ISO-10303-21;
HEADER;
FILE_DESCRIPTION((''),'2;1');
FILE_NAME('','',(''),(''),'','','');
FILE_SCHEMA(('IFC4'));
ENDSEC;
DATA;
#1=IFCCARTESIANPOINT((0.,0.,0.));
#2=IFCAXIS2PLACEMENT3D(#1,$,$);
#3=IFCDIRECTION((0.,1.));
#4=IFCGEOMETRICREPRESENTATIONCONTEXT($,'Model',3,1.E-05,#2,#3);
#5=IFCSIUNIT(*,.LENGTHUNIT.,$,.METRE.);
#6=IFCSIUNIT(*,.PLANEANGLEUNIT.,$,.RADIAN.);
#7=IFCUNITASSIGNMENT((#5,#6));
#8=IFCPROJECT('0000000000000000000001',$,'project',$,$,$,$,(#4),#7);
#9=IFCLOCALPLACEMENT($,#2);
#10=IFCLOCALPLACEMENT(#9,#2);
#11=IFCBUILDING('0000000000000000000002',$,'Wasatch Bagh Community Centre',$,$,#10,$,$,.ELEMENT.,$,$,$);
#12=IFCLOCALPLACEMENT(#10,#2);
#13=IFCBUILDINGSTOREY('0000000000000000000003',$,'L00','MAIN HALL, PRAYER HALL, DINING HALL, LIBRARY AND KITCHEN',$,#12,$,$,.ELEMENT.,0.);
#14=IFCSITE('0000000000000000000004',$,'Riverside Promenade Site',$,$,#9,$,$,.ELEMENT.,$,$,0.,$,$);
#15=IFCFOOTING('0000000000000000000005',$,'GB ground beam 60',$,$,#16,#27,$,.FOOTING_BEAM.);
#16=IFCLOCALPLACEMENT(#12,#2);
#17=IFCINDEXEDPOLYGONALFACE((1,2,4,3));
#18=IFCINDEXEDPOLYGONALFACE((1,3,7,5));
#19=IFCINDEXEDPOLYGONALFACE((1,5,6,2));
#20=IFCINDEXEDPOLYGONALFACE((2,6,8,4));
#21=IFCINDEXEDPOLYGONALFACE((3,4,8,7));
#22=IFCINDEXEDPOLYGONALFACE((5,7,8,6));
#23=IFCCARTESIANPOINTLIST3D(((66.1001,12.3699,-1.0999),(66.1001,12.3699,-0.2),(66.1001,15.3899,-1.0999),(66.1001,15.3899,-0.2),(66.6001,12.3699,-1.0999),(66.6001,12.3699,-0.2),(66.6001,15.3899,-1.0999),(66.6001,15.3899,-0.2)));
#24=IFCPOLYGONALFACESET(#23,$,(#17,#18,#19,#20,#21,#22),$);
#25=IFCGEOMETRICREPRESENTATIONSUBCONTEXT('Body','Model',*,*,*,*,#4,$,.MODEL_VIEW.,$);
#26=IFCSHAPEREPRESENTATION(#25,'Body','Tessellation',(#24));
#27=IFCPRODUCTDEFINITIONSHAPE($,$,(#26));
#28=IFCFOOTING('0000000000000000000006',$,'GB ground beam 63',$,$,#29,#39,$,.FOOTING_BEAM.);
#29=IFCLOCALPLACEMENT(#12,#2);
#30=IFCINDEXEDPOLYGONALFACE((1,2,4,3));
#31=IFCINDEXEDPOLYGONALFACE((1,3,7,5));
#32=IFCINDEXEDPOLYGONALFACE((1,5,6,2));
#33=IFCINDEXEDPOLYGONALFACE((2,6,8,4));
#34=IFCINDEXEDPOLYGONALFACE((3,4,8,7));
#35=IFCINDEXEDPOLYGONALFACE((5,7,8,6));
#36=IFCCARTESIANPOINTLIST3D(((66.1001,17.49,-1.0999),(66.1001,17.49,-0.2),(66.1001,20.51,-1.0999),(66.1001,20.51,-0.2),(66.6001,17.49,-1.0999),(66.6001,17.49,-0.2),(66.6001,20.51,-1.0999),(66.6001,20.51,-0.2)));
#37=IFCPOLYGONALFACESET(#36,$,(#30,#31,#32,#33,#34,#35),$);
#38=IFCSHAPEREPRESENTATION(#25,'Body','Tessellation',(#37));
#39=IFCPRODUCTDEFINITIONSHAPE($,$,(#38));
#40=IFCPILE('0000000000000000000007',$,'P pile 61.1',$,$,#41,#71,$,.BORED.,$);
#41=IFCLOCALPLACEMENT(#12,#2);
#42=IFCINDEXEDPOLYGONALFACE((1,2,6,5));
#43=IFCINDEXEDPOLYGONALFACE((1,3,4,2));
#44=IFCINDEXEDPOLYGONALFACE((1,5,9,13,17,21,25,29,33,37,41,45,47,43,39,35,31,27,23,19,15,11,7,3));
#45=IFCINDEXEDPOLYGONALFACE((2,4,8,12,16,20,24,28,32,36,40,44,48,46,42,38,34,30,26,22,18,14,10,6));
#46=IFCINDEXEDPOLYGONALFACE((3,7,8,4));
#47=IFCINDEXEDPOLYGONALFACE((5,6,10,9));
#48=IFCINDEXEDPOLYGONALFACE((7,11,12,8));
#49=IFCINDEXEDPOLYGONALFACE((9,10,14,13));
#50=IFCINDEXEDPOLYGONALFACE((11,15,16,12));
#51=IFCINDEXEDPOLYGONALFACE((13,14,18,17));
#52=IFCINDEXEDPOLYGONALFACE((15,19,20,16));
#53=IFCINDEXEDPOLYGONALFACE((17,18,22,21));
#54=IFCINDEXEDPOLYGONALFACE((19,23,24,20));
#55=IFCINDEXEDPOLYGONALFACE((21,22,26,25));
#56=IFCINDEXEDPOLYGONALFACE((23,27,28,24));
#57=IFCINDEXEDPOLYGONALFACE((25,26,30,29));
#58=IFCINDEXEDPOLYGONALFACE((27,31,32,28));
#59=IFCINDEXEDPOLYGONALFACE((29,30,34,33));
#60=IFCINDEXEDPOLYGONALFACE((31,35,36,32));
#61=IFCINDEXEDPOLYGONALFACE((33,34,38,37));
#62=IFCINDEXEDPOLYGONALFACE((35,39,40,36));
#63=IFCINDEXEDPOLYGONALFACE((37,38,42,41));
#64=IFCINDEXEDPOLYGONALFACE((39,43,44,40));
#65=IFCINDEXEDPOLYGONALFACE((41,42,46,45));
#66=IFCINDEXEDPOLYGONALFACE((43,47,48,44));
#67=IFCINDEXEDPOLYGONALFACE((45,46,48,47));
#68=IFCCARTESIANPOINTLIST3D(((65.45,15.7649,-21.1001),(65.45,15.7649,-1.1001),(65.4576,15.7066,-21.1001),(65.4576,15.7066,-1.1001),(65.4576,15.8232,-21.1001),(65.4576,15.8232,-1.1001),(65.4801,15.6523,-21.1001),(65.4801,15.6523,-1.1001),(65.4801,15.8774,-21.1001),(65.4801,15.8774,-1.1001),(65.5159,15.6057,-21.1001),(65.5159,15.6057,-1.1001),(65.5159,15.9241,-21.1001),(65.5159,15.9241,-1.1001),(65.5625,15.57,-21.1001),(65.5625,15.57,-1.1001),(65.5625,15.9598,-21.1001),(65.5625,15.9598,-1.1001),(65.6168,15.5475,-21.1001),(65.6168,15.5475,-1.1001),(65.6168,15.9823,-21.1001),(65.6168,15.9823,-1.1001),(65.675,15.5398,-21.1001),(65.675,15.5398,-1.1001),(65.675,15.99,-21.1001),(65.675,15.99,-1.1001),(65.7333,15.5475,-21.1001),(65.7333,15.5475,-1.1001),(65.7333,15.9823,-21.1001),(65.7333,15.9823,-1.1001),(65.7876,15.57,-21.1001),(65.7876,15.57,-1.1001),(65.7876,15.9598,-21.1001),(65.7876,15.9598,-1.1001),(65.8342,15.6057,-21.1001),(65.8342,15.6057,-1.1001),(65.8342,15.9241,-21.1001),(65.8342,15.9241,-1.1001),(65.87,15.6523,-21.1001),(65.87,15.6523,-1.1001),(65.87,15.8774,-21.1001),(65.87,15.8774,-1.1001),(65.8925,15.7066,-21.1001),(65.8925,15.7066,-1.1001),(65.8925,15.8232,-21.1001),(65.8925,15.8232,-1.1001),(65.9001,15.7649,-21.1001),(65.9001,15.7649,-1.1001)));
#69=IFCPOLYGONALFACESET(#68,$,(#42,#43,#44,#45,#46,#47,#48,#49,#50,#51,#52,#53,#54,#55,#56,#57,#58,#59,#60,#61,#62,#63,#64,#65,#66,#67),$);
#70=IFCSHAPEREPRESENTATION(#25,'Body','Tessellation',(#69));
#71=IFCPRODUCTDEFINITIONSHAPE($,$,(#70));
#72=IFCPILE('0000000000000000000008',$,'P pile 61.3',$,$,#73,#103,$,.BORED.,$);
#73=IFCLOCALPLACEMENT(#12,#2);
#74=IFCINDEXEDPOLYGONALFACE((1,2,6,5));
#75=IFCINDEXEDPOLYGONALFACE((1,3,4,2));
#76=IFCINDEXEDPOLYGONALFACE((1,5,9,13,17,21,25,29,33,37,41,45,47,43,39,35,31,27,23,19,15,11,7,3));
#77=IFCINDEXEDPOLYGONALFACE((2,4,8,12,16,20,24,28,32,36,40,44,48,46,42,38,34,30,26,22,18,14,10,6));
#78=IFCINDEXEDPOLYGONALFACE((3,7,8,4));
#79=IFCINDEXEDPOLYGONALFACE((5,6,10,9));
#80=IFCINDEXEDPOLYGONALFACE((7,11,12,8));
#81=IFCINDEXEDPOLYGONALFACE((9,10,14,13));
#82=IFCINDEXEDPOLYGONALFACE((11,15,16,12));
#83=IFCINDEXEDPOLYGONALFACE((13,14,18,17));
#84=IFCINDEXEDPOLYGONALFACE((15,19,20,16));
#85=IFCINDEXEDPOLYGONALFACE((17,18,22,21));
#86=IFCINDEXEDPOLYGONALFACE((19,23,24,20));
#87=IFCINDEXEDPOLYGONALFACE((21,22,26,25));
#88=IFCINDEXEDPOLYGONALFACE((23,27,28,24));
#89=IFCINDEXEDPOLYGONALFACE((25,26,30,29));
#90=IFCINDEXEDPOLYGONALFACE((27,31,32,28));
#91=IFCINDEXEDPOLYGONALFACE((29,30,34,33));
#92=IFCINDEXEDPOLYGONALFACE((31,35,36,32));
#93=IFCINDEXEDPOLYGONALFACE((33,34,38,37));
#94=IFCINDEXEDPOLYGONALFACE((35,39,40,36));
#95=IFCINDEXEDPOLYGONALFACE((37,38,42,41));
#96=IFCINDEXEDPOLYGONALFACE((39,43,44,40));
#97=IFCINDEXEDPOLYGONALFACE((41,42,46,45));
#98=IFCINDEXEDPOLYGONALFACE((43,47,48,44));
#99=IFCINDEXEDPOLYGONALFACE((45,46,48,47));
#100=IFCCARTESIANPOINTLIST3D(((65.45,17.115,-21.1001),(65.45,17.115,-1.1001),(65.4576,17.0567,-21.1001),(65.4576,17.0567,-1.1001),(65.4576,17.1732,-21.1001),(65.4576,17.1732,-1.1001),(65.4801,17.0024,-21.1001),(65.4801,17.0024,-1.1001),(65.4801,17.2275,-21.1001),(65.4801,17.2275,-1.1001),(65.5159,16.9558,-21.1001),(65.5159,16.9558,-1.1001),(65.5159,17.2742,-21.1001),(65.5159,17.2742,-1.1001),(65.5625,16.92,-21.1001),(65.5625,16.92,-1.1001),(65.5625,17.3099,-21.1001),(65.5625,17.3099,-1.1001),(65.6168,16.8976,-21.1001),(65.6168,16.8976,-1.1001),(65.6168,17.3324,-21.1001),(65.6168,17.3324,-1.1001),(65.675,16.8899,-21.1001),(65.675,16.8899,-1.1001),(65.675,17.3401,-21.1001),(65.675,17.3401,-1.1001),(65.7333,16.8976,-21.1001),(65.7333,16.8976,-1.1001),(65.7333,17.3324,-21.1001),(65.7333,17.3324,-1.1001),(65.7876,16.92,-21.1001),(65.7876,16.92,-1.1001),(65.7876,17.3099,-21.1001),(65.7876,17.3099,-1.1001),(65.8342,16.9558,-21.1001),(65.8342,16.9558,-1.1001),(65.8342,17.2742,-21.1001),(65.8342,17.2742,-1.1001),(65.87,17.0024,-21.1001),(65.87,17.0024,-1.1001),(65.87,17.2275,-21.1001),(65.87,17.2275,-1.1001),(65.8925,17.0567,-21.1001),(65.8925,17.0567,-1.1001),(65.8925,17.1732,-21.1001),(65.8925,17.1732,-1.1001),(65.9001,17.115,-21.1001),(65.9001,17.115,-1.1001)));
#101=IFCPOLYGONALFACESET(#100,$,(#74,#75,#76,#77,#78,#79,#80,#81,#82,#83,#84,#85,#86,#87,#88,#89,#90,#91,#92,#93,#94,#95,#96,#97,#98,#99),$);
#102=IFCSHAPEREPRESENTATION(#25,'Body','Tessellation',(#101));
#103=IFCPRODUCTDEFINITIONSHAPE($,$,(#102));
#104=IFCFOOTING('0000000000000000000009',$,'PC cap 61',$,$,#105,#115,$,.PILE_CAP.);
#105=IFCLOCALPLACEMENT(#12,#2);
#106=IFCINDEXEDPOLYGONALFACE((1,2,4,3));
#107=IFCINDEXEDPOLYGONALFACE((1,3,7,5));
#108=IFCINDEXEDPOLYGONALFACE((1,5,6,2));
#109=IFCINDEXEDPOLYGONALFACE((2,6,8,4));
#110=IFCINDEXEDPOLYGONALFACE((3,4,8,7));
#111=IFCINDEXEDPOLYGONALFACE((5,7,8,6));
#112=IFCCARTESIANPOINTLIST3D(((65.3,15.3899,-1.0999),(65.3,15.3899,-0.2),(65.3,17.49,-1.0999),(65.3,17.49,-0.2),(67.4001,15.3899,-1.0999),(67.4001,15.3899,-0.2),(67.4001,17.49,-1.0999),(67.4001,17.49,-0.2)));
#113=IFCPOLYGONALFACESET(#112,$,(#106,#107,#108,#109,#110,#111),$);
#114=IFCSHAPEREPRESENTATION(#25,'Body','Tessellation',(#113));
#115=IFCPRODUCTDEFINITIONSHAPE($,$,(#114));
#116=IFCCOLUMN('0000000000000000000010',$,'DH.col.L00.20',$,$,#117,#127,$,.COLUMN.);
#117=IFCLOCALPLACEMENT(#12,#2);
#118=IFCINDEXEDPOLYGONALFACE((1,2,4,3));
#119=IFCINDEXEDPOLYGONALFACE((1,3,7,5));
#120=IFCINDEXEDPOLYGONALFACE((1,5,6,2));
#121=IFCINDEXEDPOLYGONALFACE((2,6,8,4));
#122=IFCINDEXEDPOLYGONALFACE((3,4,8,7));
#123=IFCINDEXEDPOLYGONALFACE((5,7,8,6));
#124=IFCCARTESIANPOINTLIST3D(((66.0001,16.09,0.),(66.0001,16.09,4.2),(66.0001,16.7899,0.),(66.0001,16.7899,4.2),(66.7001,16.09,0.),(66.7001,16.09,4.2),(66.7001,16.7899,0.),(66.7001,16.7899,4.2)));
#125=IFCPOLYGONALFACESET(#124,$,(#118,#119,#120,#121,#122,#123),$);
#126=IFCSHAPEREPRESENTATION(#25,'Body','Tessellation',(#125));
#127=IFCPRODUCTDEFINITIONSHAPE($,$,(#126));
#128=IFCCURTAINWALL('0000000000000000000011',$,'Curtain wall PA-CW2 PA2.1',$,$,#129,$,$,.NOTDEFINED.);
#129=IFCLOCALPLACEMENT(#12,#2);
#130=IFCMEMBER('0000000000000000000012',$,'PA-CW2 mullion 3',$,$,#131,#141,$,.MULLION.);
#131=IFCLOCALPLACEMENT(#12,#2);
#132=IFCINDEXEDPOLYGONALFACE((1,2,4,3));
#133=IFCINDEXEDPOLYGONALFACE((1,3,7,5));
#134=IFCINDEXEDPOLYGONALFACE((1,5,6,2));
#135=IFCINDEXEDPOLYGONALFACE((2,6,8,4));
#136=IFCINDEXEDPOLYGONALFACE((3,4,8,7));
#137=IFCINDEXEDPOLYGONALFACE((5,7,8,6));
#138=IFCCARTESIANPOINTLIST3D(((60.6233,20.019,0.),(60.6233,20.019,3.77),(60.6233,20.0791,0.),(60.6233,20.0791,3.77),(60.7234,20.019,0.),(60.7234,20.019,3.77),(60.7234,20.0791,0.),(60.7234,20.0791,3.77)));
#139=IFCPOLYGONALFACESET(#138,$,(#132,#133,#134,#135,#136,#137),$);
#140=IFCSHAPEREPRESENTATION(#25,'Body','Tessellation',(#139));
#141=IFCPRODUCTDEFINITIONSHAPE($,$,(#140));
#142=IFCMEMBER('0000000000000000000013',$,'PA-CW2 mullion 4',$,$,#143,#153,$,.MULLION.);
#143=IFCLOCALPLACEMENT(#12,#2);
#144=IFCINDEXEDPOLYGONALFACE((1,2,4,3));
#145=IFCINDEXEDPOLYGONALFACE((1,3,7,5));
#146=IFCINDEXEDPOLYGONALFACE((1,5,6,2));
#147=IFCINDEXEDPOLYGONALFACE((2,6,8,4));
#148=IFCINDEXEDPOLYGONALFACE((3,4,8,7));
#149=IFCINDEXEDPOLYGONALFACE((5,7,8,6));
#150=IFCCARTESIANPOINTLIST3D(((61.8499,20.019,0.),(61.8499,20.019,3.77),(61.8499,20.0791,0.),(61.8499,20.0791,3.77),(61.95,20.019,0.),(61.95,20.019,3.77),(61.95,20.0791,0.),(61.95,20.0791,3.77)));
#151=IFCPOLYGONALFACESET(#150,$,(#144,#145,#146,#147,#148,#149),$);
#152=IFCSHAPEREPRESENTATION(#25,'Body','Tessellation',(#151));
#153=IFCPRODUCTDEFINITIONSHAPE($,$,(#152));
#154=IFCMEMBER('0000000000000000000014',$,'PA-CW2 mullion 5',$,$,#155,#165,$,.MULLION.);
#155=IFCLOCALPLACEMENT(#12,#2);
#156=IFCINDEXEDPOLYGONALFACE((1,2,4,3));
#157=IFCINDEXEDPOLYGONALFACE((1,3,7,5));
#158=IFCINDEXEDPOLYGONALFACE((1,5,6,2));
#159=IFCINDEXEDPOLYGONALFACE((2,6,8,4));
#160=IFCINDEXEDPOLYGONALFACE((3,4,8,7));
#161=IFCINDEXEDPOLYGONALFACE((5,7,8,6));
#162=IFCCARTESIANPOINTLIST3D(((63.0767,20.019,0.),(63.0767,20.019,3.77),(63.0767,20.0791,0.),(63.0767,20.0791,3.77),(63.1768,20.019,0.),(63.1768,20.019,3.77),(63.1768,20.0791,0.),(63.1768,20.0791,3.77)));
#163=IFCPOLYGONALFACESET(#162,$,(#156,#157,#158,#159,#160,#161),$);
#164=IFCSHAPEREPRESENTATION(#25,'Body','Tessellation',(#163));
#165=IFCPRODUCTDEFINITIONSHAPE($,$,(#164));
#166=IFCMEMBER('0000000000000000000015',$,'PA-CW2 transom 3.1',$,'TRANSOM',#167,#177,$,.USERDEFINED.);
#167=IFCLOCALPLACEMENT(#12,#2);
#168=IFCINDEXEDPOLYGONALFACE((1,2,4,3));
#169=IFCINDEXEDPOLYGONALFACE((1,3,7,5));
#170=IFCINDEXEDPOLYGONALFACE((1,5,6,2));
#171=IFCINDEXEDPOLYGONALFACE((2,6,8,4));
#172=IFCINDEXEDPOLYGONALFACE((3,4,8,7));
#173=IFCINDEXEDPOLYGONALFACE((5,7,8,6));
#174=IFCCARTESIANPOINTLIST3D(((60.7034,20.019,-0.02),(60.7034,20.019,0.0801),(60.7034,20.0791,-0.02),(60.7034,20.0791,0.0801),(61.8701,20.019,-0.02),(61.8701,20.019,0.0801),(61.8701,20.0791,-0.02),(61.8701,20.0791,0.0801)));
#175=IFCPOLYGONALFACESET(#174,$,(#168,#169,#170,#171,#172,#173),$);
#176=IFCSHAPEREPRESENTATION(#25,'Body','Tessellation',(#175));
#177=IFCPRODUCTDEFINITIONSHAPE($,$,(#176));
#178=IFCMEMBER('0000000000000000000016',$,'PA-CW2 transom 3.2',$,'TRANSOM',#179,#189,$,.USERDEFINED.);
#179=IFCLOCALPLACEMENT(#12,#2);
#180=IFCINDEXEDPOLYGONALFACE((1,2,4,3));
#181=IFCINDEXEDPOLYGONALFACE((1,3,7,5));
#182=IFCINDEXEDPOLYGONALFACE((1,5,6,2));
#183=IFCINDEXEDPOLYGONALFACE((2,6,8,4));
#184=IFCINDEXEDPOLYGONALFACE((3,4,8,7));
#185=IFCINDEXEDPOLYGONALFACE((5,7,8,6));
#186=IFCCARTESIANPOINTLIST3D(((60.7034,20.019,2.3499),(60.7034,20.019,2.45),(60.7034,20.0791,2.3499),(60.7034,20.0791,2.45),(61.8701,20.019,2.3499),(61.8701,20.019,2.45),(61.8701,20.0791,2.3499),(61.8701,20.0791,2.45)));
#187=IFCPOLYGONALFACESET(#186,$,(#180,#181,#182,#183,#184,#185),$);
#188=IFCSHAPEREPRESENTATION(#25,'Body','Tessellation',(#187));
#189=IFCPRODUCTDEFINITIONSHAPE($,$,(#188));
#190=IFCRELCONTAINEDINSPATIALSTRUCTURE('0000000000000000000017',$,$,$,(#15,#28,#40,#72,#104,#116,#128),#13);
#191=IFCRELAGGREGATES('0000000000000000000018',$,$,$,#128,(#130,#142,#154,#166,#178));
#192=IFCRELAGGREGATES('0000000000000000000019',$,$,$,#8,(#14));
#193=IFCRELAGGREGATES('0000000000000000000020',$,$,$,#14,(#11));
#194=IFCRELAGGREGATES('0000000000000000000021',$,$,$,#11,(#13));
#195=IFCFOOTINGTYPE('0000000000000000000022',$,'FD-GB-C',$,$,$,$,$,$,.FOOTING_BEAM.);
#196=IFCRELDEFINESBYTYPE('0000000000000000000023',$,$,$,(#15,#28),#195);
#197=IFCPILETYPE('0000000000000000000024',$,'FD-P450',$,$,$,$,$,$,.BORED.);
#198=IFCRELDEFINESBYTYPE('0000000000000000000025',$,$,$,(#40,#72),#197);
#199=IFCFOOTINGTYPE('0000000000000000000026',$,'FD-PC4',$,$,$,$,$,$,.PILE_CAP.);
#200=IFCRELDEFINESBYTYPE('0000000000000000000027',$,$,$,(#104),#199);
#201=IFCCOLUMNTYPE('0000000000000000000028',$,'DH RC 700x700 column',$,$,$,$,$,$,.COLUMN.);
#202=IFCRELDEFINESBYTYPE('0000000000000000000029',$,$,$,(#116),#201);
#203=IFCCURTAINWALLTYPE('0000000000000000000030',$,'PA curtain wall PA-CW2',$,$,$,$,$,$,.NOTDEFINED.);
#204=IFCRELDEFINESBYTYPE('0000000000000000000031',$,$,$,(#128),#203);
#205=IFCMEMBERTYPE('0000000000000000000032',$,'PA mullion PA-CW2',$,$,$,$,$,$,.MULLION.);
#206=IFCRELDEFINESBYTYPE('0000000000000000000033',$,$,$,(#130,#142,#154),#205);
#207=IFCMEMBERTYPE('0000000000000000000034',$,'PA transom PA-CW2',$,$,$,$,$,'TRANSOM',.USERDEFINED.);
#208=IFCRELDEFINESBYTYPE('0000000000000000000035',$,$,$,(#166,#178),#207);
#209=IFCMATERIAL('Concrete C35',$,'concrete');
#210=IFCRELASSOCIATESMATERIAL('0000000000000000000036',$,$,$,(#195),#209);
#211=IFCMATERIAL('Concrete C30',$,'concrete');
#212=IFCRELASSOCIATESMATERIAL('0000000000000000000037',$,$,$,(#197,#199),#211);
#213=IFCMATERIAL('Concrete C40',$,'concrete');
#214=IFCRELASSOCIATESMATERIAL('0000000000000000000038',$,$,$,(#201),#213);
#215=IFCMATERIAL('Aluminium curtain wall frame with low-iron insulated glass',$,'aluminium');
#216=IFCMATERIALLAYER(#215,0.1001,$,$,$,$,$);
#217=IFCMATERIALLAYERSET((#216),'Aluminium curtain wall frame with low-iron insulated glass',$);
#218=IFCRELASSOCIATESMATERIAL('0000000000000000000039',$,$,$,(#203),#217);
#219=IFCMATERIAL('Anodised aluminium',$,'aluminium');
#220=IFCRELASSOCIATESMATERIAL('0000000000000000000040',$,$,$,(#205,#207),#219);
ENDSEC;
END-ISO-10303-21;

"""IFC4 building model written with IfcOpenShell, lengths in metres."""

from ifc_helpers import new_model, si_unit, direction, frame, origin, origin_2d, place, context, subcontext, project, spatial, rectangle, circle, extrude, material, layer, layer_set, material_profile, profile_set, type_object, element, aggregate, save


model = new_model("IFC4")

# Units and contexts
model_context = context("Model", 3, precision=1e-05, world=origin(), true_north=direction((0.0, 1.0)))
body_context = subcontext(model_context, "Body", "Model", "MODEL_VIEW")
ifc_project = project(units=[si_unit("LENGTHUNIT", "METRE"), si_unit("PLANEANGLEUNIT", "RADIAN")], contexts=[model_context])

# Site, building, storey
site_placement = place(None, origin())
site = spatial("IfcSite", under=ifc_project, at=site_placement, Name="Riverside Promenade Site", CompositionType="ELEMENT", RefElevation=0.0)
building_placement = place(site_placement, origin())
building = spatial("IfcBuilding", under=site, at=building_placement, Name="Wasatch Bagh Community Centre", CompositionType="ELEMENT")
storey_placement = place(building_placement, origin())
storey = spatial("IfcBuildingStorey", under=building, at=storey_placement, Name="L00", Description="MAIN HALL, PRAYER HALL, DINING HALL, LIBRARY AND KITCHEN", CompositionType="ELEMENT", Elevation=0.0)

# Footings
ifc_material_1 = material(Name="Concrete C35", Category="concrete")
footing_type_1 = type_object("IfcFootingType", Name="FD-GB-C", PredefinedType="FOOTING_BEAM", material=ifc_material_1)
for number, where, z_axis, x_axis, name in (
    (1, (66.3501, 13.8799, -1.0999), (0.0, 0.0, 1.0), (0.0, 1.0, 0.0), "GB ground beam 60"),
    (2, (66.3501, 19.0, -1.0999), (0.0, 0.0, 1.0), (0.0, 1.0, 0.0), "GB ground beam 63"),
):
    element("IfcFooting", number, at=place(storey_placement, frame(where, z_axis=z_axis, x_axis=x_axis)), inside=storey, type_object=footing_type_1, Name=name, PredefinedType="FOOTING_BEAM", context=body_context, shape_type="SweptSolid", body=[
        extrude(rectangle(XDim=3.02, YDim=0.5, at=origin_2d()), origin(), (0.0, 0.0, 1.0), 0.8999),
    ])

# Piles
ifc_material_2 = material(Name="Concrete C30", Category="concrete")
ifc_material_profile_1 = material_profile(ifc_material_2, circle(Radius=0.2251, at=origin_2d()), Name="RC D450")
ifc_profile_set_1 = profile_set([ifc_material_profile_1], Name="Concrete C30")
pile_type = type_object("IfcPileType", Name="FD-P450", PredefinedType="BORED", material=ifc_profile_set_1)
for number, where, z_axis, x_axis, name in (
    (3, (65.675, 15.7649, -1.1001), (0.0, 0.0, -1.0), (1.0, 0.0, 0.0), "P pile 61.1"),
    (4, (65.675, 17.115, -1.1001), (0.0, 0.0, -1.0), (1.0, 0.0, 0.0), "P pile 61.3"),
):
    element("IfcPile", number, at=place(storey_placement, frame(where, z_axis=z_axis, x_axis=x_axis)), inside=storey, type_object=pile_type, Name=name, PredefinedType="BORED", context=body_context, shape_type="SweptSolid", body=[
        extrude(circle(Radius=0.2251, at=origin_2d()), origin(), (0.0, 0.0, 1.0), 20.0),
    ])

# Footing
footing_type_2 = type_object("IfcFootingType", Name="FD-PC4", PredefinedType="PILE_CAP", material=ifc_material_2)
footing_placement = place(storey_placement, frame((66.3501, 16.4399, -1.0999), z_axis=(0.0, 0.0, 1.0), x_axis=(1.0, 0.0, 0.0)))
element("IfcFooting", 5, at=footing_placement, inside=storey, type_object=footing_type_2, Name="PC cap 61", PredefinedType="PILE_CAP", context=body_context, shape_type="SweptSolid", body=[
    extrude(rectangle(XDim=2.1001, YDim=2.1001, at=origin_2d()), origin(), (0.0, 0.0, 1.0), 0.8999),
])

# Column
ifc_material_3 = material(Name="Concrete C40", Category="concrete")
ifc_material_profile_2 = material_profile(ifc_material_3, rectangle(XDim=0.7, YDim=0.7, at=origin_2d()), Name="RC 700x700")
ifc_profile_set_2 = profile_set([ifc_material_profile_2], Name="Concrete C40")
column_type = type_object("IfcColumnType", Name="DH RC 700x700 column", PredefinedType="COLUMN", material=ifc_profile_set_2)
column_placement = place(storey_placement, frame((66.3501, 16.4399, 0.0), z_axis=(0.0, 0.0, 1.0), x_axis=(1.0, 0.0, 0.0)))
element("IfcColumn", 6, at=column_placement, inside=storey, type_object=column_type, Name="DH.col.L00.20", PredefinedType="COLUMN", context=body_context, shape_type="SweptSolid", body=[
    extrude(rectangle(XDim=0.7, YDim=0.7, at=origin_2d()), origin(), (0.0, 0.0, 1.0), 4.2),
])

# Curtain wall, members
ifc_material_4 = material(Name="Aluminium curtain wall frame with low-iron insulated glass", Category="aluminium")
ifc_layer_1 = layer(ifc_material_4, 0.1001)
ifc_layer_set_1 = layer_set([ifc_layer_1], Name="Aluminium curtain wall frame with low-iron insulated glass")
curtain_wall_type = type_object("IfcCurtainWallType", Name="PA curtain wall PA-CW2", PredefinedType="NOTDEFINED", material=ifc_layer_set_1)
curtain_wall_placement = place(storey_placement, origin())
curtain_wall = element("IfcCurtainWall", 7, at=curtain_wall_placement, inside=storey, type_object=curtain_wall_type, Name="Curtain wall PA-CW2 PA2.1", PredefinedType="NOTDEFINED")
ifc_material_5 = material(Name="Anodised aluminium", Category="aluminium")
ifc_material_profile_3 = material_profile(ifc_material_5, rectangle(XDim=0.0601, YDim=0.1001, at=origin_2d()), Name="PA mullion PA-CW2")
ifc_profile_set_3 = profile_set([ifc_material_profile_3], Name="Anodised aluminium")
member_type_1 = type_object("IfcMemberType", Name="PA mullion PA-CW2", PredefinedType="MULLION", material=ifc_profile_set_3)
member_1_placement = place(storey_placement, frame((60.6733, 20.0491, 0.0), z_axis=(0.0, 0.0, 1.0), x_axis=(0.0, 1.0, 0.0)))
member_1 = element("IfcMember", 8, at=member_1_placement, type_object=member_type_1, Name="PA-CW2 mullion 3", PredefinedType="MULLION", context=body_context, shape_type="SweptSolid", body=[
    extrude(rectangle(XDim=0.0601, YDim=0.1001, at=origin_2d()), origin(), (0.0, 0.0, 1.0), 3.77),
])
member_2_placement = place(storey_placement, frame((61.8999, 20.0491, 0.0), z_axis=(0.0, 0.0, 1.0), x_axis=(0.0, 1.0, 0.0)))
member_2 = element("IfcMember", 9, at=member_2_placement, type_object=member_type_1, Name="PA-CW2 mullion 4", PredefinedType="MULLION", context=body_context, shape_type="SweptSolid", body=[
    extrude(rectangle(XDim=0.0601, YDim=0.1001, at=origin_2d()), origin(), (0.0, 0.0, 1.0), 3.77),
])
member_3_placement = place(storey_placement, frame((63.1267, 20.0491, 0.0), z_axis=(0.0, 0.0, 1.0), x_axis=(0.0, 1.0, 0.0)))
member_3 = element("IfcMember", 10, at=member_3_placement, type_object=member_type_1, Name="PA-CW2 mullion 5", PredefinedType="MULLION", context=body_context, shape_type="SweptSolid", body=[
    extrude(rectangle(XDim=0.0601, YDim=0.1001, at=origin_2d()), origin(), (0.0, 0.0, 1.0), 3.77),
])
ifc_material_profile_4 = material_profile(ifc_material_5, rectangle(XDim=0.0601, YDim=0.1001, at=origin_2d()), Name="PA transom PA-CW2")
ifc_profile_set_4 = profile_set([ifc_material_profile_4], Name="Anodised aluminium")
member_type_2 = type_object("IfcMemberType", Name="PA transom PA-CW2", ElementType="TRANSOM", PredefinedType="USERDEFINED", material=ifc_profile_set_4)
member_4_placement = place(storey_placement, frame((60.7034, 20.0491, 0.03), z_axis=(1.0, 0.0, 0.0), x_axis=(0.0, 1.0, 0.0)))
member_4 = element("IfcMember", 11, at=member_4_placement, type_object=member_type_2, Name="PA-CW2 transom 3.1", ObjectType="TRANSOM", PredefinedType="USERDEFINED", context=body_context, shape_type="SweptSolid", body=[
    extrude(rectangle(XDim=0.0601, YDim=0.1001, at=origin_2d()), origin(), (0.0, 0.0, 1.0), 1.1667),
])
member_5_placement = place(storey_placement, frame((60.7034, 20.0491, 2.3999), z_axis=(1.0, 0.0, 0.0), x_axis=(0.0, 1.0, 0.0)))
member_5 = element("IfcMember", 12, at=member_5_placement, type_object=member_type_2, Name="PA-CW2 transom 3.2", ObjectType="TRANSOM", PredefinedType="USERDEFINED", context=body_context, shape_type="SweptSolid", body=[
    extrude(rectangle(XDim=0.0601, YDim=0.1001, at=origin_2d()), origin(), (0.0, 0.0, 1.0), 1.1667),
])
aggregate(curtain_wall, [member_1, member_2, member_3, member_4, member_5])

save(model, "model.ifc")
